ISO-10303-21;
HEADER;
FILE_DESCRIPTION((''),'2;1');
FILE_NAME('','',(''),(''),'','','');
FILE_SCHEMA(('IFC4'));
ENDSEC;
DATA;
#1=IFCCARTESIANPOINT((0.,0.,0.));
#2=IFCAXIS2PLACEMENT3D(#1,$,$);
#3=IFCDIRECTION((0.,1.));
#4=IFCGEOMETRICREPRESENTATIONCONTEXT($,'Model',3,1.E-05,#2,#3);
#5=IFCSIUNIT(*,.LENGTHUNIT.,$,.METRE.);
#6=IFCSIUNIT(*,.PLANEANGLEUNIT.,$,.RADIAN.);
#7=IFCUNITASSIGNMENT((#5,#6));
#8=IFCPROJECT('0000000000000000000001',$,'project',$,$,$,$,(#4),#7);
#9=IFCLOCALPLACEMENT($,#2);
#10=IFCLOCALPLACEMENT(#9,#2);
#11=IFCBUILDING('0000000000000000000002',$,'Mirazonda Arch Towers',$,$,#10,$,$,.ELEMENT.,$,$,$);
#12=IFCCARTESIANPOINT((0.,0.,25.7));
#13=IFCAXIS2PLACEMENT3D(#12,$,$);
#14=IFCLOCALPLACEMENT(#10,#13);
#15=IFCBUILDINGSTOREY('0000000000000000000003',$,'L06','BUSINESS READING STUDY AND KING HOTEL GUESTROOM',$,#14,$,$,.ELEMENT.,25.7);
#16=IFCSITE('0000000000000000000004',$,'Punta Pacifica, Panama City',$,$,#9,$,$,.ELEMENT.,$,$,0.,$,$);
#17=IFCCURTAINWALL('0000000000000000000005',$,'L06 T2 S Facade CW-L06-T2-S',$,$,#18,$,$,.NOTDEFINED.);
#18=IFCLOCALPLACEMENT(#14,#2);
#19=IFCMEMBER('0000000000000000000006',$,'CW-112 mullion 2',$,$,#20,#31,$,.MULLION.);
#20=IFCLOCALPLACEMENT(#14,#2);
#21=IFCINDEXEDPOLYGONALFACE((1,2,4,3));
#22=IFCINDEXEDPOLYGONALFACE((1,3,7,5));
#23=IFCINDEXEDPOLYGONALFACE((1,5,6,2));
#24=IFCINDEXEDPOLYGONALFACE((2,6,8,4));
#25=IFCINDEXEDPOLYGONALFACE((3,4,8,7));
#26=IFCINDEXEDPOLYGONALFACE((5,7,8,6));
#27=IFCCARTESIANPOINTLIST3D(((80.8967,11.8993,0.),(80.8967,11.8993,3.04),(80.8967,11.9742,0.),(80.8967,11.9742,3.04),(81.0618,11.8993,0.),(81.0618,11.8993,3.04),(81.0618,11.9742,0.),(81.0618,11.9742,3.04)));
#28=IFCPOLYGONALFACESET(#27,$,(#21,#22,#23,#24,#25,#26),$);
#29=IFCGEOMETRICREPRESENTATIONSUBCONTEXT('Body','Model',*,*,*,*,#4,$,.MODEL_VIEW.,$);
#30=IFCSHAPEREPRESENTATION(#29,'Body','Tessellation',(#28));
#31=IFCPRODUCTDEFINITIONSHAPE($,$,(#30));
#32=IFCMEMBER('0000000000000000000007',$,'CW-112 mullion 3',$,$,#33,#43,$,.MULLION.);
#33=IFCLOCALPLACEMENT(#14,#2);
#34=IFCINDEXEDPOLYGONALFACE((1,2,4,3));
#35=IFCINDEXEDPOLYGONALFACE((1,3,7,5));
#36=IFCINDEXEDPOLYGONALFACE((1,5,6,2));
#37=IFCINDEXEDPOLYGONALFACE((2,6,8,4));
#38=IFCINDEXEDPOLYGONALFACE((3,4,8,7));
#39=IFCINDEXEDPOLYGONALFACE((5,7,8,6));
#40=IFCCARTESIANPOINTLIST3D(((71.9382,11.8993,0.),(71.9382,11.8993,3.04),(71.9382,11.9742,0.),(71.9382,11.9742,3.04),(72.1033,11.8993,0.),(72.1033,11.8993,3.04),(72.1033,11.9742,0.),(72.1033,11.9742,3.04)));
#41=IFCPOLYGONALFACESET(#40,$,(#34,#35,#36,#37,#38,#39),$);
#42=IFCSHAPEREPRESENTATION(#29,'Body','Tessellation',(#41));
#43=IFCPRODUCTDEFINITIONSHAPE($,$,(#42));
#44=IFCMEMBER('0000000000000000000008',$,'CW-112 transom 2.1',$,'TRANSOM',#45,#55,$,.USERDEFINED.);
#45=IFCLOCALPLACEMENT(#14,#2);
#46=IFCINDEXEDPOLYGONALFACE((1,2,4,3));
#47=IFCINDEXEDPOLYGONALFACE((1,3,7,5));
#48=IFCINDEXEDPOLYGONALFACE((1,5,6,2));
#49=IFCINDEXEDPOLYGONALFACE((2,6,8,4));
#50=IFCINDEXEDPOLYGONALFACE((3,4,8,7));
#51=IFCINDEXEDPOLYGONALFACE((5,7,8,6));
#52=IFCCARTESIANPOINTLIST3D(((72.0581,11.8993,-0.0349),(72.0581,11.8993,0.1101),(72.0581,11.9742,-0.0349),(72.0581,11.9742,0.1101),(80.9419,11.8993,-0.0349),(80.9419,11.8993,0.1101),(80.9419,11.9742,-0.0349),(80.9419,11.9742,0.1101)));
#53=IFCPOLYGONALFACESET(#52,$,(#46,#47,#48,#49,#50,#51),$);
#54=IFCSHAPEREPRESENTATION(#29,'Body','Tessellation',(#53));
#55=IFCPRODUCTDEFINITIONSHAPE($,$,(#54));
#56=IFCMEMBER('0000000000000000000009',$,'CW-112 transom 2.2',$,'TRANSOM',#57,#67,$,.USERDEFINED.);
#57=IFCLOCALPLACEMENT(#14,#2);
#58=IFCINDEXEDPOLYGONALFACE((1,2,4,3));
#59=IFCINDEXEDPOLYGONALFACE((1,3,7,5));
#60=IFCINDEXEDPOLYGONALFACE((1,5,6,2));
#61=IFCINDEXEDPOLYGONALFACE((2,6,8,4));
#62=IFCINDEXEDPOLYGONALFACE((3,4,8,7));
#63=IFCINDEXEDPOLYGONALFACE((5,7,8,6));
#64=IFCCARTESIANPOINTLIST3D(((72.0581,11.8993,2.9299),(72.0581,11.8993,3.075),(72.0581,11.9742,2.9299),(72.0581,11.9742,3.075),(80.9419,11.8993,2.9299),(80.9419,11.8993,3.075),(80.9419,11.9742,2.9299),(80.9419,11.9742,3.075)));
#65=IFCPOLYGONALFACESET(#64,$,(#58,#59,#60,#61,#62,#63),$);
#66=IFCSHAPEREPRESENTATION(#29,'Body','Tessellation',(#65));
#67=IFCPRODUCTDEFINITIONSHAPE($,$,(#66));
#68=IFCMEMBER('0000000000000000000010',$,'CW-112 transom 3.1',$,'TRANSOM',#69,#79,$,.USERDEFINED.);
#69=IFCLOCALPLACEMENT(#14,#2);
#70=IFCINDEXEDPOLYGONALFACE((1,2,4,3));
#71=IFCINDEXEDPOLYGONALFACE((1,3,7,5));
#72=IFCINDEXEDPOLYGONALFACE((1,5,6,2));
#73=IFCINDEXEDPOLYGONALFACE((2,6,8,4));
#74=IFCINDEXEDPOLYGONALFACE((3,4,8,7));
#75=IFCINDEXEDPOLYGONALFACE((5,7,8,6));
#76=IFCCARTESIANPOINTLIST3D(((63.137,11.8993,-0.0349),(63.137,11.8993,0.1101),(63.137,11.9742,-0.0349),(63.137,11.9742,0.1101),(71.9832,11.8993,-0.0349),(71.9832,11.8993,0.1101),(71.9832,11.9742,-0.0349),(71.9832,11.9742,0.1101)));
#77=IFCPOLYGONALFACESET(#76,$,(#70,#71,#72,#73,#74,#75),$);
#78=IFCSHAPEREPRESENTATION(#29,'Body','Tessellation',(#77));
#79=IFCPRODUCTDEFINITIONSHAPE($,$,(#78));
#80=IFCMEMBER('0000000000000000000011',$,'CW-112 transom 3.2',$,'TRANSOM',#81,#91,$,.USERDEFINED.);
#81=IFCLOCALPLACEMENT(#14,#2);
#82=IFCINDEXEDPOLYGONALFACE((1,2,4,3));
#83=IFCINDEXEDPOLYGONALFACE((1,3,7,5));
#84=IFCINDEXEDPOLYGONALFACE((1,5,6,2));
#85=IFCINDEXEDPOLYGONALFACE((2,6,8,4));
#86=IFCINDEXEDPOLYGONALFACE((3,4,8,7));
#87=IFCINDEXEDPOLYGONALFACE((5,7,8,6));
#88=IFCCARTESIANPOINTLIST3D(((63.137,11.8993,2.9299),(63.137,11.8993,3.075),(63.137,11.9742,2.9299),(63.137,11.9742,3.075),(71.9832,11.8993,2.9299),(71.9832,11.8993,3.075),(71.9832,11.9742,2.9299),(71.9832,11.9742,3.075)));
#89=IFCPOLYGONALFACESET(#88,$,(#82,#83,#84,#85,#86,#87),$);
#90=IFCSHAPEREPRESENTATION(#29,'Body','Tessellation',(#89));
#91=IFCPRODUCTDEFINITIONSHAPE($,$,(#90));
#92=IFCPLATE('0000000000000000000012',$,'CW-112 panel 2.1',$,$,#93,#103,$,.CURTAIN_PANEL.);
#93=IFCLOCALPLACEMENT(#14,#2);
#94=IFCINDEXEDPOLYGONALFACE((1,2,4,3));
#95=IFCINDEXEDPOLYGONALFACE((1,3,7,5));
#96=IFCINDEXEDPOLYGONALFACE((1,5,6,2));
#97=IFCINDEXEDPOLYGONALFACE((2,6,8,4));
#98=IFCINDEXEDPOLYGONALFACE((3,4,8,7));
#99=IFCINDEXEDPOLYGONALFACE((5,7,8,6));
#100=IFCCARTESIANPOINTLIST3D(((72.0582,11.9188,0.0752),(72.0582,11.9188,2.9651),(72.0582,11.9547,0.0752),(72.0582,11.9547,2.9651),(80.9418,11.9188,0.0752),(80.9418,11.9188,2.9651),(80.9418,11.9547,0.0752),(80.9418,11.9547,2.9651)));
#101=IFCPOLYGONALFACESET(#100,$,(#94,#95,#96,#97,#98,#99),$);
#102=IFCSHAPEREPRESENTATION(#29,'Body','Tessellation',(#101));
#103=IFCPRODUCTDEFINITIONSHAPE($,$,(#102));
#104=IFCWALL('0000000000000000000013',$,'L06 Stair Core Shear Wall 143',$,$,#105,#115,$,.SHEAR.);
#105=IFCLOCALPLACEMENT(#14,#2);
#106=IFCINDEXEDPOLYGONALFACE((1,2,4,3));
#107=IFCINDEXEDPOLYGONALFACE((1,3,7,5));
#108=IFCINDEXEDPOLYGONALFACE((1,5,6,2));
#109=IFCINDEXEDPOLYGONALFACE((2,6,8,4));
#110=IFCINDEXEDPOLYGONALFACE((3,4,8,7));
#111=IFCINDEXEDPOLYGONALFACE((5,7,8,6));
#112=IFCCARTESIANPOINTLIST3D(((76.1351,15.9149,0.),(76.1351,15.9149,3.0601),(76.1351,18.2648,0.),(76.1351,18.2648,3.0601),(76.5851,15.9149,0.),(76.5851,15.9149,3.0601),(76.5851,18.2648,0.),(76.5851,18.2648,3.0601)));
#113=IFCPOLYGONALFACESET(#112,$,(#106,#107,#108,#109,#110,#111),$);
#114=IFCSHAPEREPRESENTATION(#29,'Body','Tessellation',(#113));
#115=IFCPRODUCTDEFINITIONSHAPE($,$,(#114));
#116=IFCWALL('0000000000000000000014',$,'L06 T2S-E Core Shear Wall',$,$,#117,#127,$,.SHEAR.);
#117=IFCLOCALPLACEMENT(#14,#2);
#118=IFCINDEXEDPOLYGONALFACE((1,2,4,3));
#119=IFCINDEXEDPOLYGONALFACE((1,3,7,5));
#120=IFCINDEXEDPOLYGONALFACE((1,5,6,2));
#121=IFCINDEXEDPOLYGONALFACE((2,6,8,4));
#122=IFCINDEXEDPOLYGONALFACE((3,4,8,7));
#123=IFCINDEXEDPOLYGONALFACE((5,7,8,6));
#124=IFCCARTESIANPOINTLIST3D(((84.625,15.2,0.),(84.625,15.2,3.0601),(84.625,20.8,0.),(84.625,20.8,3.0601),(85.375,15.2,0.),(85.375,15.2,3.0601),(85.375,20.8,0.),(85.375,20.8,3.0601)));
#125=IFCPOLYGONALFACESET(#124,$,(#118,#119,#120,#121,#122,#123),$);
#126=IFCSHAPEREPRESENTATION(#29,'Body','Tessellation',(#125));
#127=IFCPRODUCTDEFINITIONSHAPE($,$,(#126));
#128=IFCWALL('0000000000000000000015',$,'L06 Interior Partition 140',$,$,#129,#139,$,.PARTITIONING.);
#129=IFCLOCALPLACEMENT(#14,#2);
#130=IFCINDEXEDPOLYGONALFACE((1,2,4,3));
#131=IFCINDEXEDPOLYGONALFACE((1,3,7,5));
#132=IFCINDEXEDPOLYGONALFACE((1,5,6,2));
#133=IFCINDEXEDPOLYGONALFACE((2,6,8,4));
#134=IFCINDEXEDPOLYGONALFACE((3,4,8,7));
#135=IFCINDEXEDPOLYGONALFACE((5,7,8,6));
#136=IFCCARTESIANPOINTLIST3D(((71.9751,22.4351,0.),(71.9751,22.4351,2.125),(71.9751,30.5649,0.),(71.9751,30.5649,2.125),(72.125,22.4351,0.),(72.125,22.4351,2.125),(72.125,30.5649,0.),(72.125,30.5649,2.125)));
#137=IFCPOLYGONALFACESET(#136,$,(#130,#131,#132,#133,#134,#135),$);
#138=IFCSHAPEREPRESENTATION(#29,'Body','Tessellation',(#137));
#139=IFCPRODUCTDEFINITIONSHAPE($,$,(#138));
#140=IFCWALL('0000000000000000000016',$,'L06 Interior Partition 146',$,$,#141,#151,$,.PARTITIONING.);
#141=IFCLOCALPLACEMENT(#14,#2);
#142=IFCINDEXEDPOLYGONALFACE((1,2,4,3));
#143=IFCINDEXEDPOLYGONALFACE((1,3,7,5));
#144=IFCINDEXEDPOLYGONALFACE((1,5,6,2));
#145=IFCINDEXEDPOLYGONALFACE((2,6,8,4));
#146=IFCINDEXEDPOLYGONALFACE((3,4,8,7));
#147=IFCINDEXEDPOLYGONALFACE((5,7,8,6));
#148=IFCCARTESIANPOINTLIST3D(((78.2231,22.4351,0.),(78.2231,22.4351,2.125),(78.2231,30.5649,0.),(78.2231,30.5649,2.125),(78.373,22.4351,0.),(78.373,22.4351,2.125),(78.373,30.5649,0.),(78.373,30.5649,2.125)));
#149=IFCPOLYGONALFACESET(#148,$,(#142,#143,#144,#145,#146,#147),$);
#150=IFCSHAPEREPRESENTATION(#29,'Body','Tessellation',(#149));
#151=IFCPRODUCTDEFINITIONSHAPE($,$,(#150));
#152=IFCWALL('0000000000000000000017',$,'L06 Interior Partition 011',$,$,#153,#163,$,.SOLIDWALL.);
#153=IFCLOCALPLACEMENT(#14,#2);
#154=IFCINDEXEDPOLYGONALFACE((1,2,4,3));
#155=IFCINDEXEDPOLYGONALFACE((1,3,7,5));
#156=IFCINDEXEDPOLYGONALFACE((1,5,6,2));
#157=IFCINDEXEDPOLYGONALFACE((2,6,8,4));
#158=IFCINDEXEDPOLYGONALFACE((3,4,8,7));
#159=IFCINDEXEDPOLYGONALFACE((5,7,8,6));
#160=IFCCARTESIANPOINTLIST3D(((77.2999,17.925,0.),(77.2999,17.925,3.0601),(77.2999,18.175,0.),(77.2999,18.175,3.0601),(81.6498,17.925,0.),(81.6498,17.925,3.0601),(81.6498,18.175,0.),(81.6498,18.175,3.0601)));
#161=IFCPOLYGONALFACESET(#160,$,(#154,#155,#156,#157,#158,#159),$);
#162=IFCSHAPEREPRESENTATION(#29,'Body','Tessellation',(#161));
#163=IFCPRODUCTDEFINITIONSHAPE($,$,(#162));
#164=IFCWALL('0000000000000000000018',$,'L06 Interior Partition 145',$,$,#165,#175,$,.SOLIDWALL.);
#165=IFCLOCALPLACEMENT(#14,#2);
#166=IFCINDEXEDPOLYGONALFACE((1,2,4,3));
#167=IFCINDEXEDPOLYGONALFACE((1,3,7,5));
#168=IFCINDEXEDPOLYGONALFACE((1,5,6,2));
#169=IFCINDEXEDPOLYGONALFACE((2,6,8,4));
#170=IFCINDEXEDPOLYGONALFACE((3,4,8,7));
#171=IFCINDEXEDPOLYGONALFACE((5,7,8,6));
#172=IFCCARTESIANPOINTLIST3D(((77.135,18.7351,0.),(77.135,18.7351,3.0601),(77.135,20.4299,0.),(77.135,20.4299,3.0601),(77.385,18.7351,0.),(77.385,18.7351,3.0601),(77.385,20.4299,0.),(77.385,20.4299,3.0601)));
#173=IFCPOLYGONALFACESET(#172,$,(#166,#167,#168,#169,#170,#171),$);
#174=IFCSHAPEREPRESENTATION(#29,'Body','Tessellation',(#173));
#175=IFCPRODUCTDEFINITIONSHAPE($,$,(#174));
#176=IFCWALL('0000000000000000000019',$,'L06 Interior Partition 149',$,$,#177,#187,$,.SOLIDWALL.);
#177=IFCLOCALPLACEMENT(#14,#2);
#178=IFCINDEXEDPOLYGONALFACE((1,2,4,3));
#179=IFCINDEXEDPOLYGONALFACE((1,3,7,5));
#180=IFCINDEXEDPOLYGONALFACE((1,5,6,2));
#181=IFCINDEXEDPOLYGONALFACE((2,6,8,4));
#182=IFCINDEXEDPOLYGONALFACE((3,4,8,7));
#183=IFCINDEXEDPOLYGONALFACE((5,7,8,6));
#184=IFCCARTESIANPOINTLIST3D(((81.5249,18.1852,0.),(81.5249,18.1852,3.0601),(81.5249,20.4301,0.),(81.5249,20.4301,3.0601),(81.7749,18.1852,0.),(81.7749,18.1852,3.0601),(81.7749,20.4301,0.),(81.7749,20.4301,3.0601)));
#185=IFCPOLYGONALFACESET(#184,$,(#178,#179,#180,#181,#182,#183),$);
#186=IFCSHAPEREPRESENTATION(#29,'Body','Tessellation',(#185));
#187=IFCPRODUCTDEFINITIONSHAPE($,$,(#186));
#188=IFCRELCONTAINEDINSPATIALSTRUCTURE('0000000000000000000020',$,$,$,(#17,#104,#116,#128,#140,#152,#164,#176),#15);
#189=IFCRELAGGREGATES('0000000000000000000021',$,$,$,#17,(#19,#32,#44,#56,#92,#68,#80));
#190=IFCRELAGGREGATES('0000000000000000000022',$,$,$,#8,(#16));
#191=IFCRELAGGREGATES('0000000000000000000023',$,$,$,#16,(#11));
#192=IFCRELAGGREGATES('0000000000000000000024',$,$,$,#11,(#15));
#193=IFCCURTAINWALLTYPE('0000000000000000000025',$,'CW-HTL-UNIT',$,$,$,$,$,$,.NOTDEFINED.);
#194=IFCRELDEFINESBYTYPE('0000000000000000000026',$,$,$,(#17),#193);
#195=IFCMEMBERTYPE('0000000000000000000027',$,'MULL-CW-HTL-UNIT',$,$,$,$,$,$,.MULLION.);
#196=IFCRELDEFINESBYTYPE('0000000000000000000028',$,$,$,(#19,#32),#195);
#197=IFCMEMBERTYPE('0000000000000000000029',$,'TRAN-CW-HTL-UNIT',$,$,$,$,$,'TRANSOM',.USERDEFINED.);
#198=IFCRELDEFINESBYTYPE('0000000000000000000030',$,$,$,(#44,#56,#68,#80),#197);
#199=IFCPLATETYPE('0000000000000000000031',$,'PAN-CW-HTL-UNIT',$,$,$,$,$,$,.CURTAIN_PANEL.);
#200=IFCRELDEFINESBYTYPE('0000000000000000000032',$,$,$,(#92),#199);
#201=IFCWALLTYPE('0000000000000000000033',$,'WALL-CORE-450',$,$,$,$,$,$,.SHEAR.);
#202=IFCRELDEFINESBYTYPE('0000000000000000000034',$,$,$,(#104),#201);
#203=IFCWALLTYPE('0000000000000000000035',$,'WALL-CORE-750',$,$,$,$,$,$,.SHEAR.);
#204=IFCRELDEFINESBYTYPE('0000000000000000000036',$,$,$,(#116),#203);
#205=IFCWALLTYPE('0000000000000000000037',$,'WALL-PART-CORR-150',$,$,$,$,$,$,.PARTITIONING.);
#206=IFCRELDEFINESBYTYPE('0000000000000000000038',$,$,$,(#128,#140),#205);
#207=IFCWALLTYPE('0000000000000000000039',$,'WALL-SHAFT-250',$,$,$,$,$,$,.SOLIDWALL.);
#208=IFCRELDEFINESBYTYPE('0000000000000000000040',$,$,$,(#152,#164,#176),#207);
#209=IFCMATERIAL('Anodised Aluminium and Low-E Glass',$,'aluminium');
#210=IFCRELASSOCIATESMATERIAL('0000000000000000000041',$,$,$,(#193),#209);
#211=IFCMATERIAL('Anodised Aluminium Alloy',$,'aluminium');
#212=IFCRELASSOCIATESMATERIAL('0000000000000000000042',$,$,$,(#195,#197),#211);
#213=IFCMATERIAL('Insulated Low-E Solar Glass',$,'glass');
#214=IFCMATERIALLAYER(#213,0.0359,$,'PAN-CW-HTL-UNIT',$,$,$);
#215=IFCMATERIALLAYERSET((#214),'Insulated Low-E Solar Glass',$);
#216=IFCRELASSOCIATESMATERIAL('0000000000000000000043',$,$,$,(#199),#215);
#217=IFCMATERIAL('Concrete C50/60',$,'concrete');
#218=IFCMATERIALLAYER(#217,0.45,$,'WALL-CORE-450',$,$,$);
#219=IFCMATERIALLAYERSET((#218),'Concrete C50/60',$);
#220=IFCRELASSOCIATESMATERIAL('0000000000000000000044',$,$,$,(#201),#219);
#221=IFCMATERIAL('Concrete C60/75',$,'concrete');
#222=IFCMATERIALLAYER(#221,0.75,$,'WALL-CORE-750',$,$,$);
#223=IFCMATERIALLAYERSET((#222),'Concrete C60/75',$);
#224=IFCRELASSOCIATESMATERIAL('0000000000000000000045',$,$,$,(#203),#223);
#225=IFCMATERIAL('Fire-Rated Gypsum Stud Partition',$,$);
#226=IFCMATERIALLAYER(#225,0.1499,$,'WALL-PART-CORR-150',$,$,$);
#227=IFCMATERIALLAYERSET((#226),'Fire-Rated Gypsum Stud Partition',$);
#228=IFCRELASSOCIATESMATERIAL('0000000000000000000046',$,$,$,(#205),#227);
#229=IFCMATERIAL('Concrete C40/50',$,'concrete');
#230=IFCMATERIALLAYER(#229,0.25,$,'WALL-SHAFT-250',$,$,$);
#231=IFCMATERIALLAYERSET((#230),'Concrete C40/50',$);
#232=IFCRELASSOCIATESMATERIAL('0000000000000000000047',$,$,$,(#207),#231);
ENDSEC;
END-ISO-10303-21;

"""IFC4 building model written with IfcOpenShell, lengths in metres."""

from ifc_helpers import new_model, si_unit, direction, frame, frame_2d, origin, origin_2d, place, context, subcontext, project, spatial, rectangle, extrude, material, layer, layer_set, material_profile, profile_set, type_object, element, aggregate, save


model = new_model("IFC4")

# Units and contexts
model_context = context("Model", 3, precision=1e-05, world=origin(), true_north=direction((0.0, 1.0)))
body_context = subcontext(model_context, "Body", "Model", "MODEL_VIEW")
ifc_project = project(units=[si_unit("LENGTHUNIT", "METRE"), si_unit("PLANEANGLEUNIT", "RADIAN")], contexts=[model_context])

# Site, building, storey
site_placement = place(None, origin())
site = spatial("IfcSite", under=ifc_project, at=site_placement, Name="Punta Pacifica, Panama City", CompositionType="ELEMENT", RefElevation=0.0)
building_placement = place(site_placement, origin())
building = spatial("IfcBuilding", under=site, at=building_placement, Name="Mirazonda Arch Towers", CompositionType="ELEMENT")
storey_placement = place(building_placement, frame((0.0, 0.0, 25.7)))
storey = spatial("IfcBuildingStorey", under=building, at=storey_placement, Name="L06", Description="BUSINESS READING STUDY AND KING HOTEL GUESTROOM", CompositionType="ELEMENT", Elevation=25.7)

# Shared definitions
ifc_material_1 = material(Name="Concrete C60/75", Category="concrete")

# Curtain wall, members, plate
ifc_material_2 = material(Name="Anodised Aluminium and Low-E Glass", Category="aluminium")
curtain_wall_type = type_object("IfcCurtainWallType", Name="CW-HTL-UNIT", PredefinedType="NOTDEFINED", material=ifc_material_2)
curtain_wall_placement = place(storey_placement, origin())
curtain_wall = element("IfcCurtainWall", 1, at=curtain_wall_placement, inside=storey, type_object=curtain_wall_type, Name="L06 T2 S Facade CW-L06-T2-S", PredefinedType="NOTDEFINED")
ifc_material_3 = material(Name="Anodised Aluminium Alloy", Category="aluminium")
ifc_material_profile_1 = material_profile(ifc_material_3, rectangle(XDim=0.075, YDim=0.165, at=origin_2d()), Name="ALU-MULL-75x165")
ifc_profile_set_1 = profile_set([ifc_material_profile_1], Name="Anodised Aluminium Alloy")
member_type_1 = type_object("IfcMemberType", Name="MULL-CW-HTL-UNIT", PredefinedType="MULLION", material=ifc_profile_set_1)
member_1_placement = place(storey_placement, frame((80.9792, 11.9368, 0.0), z_axis=(0.0, 0.0, 1.0), x_axis=(0.0, -1.0, 0.0)))
member_1 = element("IfcMember", 2, at=member_1_placement, type_object=member_type_1, Name="CW-112 mullion 2", PredefinedType="MULLION", context=body_context, shape_type="SweptSolid", body=[
    extrude(rectangle(XDim=0.075, YDim=0.165, at=origin_2d()), origin(), (0.0, 0.0, 1.0), 3.04),
])
member_2_placement = place(storey_placement, frame((72.0208, 11.9368, 0.0), z_axis=(0.0, 0.0, 1.0), x_axis=(0.0, -1.0, 0.0)))
member_2 = element("IfcMember", 3, at=member_2_placement, type_object=member_type_1, Name="CW-112 mullion 3", PredefinedType="MULLION", context=body_context, shape_type="SweptSolid", body=[
    extrude(rectangle(XDim=0.075, YDim=0.165, at=origin_2d()), origin(), (0.0, 0.0, 1.0), 3.04),
])
ifc_material_profile_2 = material_profile(ifc_material_3, rectangle(XDim=0.075, YDim=0.145, at=origin_2d()), Name="ALU-TRAN-75x145")
ifc_profile_set_2 = profile_set([ifc_material_profile_2], Name="Anodised Aluminium Alloy")
member_type_2 = type_object("IfcMemberType", Name="TRAN-CW-HTL-UNIT", ElementType="TRANSOM", PredefinedType="USERDEFINED", material=ifc_profile_set_2)
member_3_placement = place(storey_placement, frame((80.9419, 11.9368, 0.0376), z_axis=(-1.0, 0.0, 0.0), x_axis=(0.0, -1.0, 0.0)))
member_3 = element("IfcMember", 4, at=member_3_placement, type_object=member_type_2, Name="CW-112 transom 2.1", ObjectType="TRANSOM", PredefinedType="USERDEFINED", context=body_context, shape_type="SweptSolid", body=[
    extrude(rectangle(XDim=0.075, YDim=0.145, at=origin_2d()), origin(), (0.0, 0.0, 1.0), 8.8838),
])
member_4_placement = place(storey_placement, frame((80.9419, 11.9368, 3.0024), z_axis=(-1.0, 0.0, 0.0), x_axis=(0.0, -1.0, 0.0)))
member_4 = element("IfcMember", 5, at=member_4_placement, type_object=member_type_2, Name="CW-112 transom 2.2", ObjectType="TRANSOM", PredefinedType="USERDEFINED", context=body_context, shape_type="SweptSolid", body=[
    extrude(rectangle(XDim=0.075, YDim=0.145, at=origin_2d()), origin(), (0.0, 0.0, 1.0), 8.8838),
])
member_5_placement = place(storey_placement, frame((71.9832, 11.9368, 0.0376), z_axis=(-1.0, 0.0, 0.0), x_axis=(0.0, -1.0, 0.0)))
member_5 = element("IfcMember", 6, at=member_5_placement, type_object=member_type_2, Name="CW-112 transom 3.1", ObjectType="TRANSOM", PredefinedType="USERDEFINED", context=body_context, shape_type="SweptSolid", body=[
    extrude(rectangle(XDim=0.075, YDim=0.145, at=origin_2d()), origin(), (0.0, 0.0, 1.0), 8.8462),
])
member_6_placement = place(storey_placement, frame((71.9832, 11.9368, 3.0024), z_axis=(-1.0, 0.0, 0.0), x_axis=(0.0, -1.0, 0.0)))
member_6 = element("IfcMember", 7, at=member_6_placement, type_object=member_type_2, Name="CW-112 transom 3.2", ObjectType="TRANSOM", PredefinedType="USERDEFINED", context=body_context, shape_type="SweptSolid", body=[
    extrude(rectangle(XDim=0.075, YDim=0.145, at=origin_2d()), origin(), (0.0, 0.0, 1.0), 8.8462),
])
ifc_material_4 = material(Name="Insulated Low-E Solar Glass", Category="glass")
ifc_layer_1 = layer(ifc_material_4, 0.0359, Name="PAN-CW-HTL-UNIT")
ifc_layer_set_1 = layer_set([ifc_layer_1], Name="Insulated Low-E Solar Glass")
plate_type = type_object("IfcPlateType", Name="PAN-CW-HTL-UNIT", PredefinedType="CURTAIN_PANEL", material=ifc_layer_set_1)
plate_placement = place(storey_placement, frame((76.5, 11.9368, 0.0752), z_axis=(0.0, 0.0, 1.0), x_axis=(-1.0, 0.0, 0.0)))
plate = element("IfcPlate", 8, at=plate_placement, type_object=plate_type, Name="CW-112 panel 2.1", PredefinedType="CURTAIN_PANEL", context=body_context, shape_type="SweptSolid", body=[
    extrude(rectangle(XDim=8.8835, YDim=0.0359, at=origin_2d()), origin(), (0.0, 0.0, 1.0), 2.8899),
])
aggregate(curtain_wall, [member_1, member_2, member_3, member_4, plate, member_5, member_6])

# Walls
ifc_material_5 = material(Name="Concrete C50/60", Category="concrete")
ifc_layer_2 = layer(ifc_material_5, 0.45, Name="WALL-CORE-450")
ifc_layer_set_2 = layer_set([ifc_layer_2], Name="Concrete C50/60")
wall_type_1 = type_object("IfcWallType", Name="WALL-CORE-450", PredefinedType="SHEAR", material=ifc_layer_set_2)
wall_1_placement = place(storey_placement, frame((76.3601, 15.915, 0.0), z_axis=(0.0, 0.0, 1.0), x_axis=(0.0, 1.0, 0.0)))
element("IfcWall", 9, at=wall_1_placement, inside=storey, type_object=wall_type_1, Name="L06 Stair Core Shear Wall 143", PredefinedType="SHEAR", context=body_context, shape_type="SweptSolid", body=[
    extrude(rectangle(XDim=2.3499, YDim=0.45, at=frame_2d((1.1748, 0.0))), origin(), (0.0, 0.0, 1.0), 3.0601),
])
ifc_layer_3 = layer(ifc_material_1, 0.75, Name="WALL-CORE-750")
ifc_layer_set_3 = layer_set([ifc_layer_3], Name="Concrete C60/75")
wall_type_2 = type_object("IfcWallType", Name="WALL-CORE-750", PredefinedType="SHEAR", material=ifc_layer_set_3)
wall_2_placement = place(storey_placement, frame((85.0, 15.2, 0.0), z_axis=(0.0, 0.0, 1.0), x_axis=(0.0, 1.0, 0.0)))
element("IfcWall", 10, at=wall_2_placement, inside=storey, type_object=wall_type_2, Name="L06 T2S-E Core Shear Wall", PredefinedType="SHEAR", context=body_context, shape_type="SweptSolid", body=[
    extrude(rectangle(XDim=5.6001, YDim=0.75, at=frame_2d((2.8, 0.0))), origin(), (0.0, 0.0, 1.0), 3.0601),
])
ifc_material_6 = material(Name="Fire-Rated Gypsum Stud Partition")
ifc_layer_4 = layer(ifc_material_6, 0.1499, Name="WALL-PART-CORR-150")
ifc_layer_set_4 = layer_set([ifc_layer_4], Name="Fire-Rated Gypsum Stud Partition")
wall_type_3 = type_object("IfcWallType", Name="WALL-PART-CORR-150", PredefinedType="PARTITIONING", material=ifc_layer_set_4)
for number, where, z_axis, x_axis, name in (
    (11, (72.05, 22.4351, 0.0), (0.0, 0.0, 1.0), (0.0, 1.0, 0.0), "L06 Interior Partition 140"),
    (12, (78.2981, 22.4351, 0.0), (0.0, 0.0, 1.0), (0.0, 1.0, 0.0), "L06 Interior Partition 146"),
):
    element("IfcWall", number, at=place(storey_placement, frame(where, z_axis=z_axis, x_axis=x_axis)), inside=storey, type_object=wall_type_3, Name=name, PredefinedType="PARTITIONING", context=body_context, shape_type="SweptSolid", body=[
        extrude(rectangle(XDim=8.1299, YDim=0.1499, at=frame_2d((4.0649, 0.0))), origin(), (0.0, 0.0, 1.0), 2.125),
    ])
ifc_material_7 = material(Name="Concrete C40/50", Category="concrete")
ifc_layer_5 = layer(ifc_material_7, 0.25, Name="WALL-SHAFT-250")
ifc_layer_set_5 = layer_set([ifc_layer_5], Name="Concrete C40/50")
wall_type_4 = type_object("IfcWallType", Name="WALL-SHAFT-250", PredefinedType="SOLIDWALL", material=ifc_layer_set_5)
wall_3_placement = place(storey_placement, frame((77.3, 18.05, 0.0), z_axis=(0.0, 0.0, 1.0), x_axis=(1.0, 0.0, 0.0)))
element("IfcWall", 13, at=wall_3_placement, inside=storey, type_object=wall_type_4, Name="L06 Interior Partition 011", PredefinedType="SOLIDWALL", context=body_context, shape_type="SweptSolid", body=[
    extrude(rectangle(XDim=4.3499, YDim=0.25, at=frame_2d((2.1748, 0.0))), origin(), (0.0, 0.0, 1.0), 3.0601),
])
wall_4_placement = place(storey_placement, frame((77.26, 18.7351, 0.0), z_axis=(0.0, 0.0, 1.0), x_axis=(0.0, 1.0, 0.0)))
element("IfcWall", 14, at=wall_4_placement, inside=storey, type_object=wall_type_4, Name="L06 Interior Partition 145", PredefinedType="SOLIDWALL", context=body_context, shape_type="SweptSolid", body=[
    extrude(rectangle(XDim=1.6948, YDim=0.25, at=frame_2d((0.8474, 0.0))), origin(), (0.0, 0.0, 1.0), 3.0601),
])
wall_5_placement = place(storey_placement, frame((81.6499, 18.1851, 0.0), z_axis=(0.0, 0.0, 1.0), x_axis=(0.0, 1.0, 0.0)))
element("IfcWall", 15, at=wall_5_placement, inside=storey, type_object=wall_type_4, Name="L06 Interior Partition 149", PredefinedType="SOLIDWALL", context=body_context, shape_type="SweptSolid", body=[
    extrude(rectangle(XDim=2.2449, YDim=0.25, at=frame_2d((1.1226, 0.0))), origin(), (0.0, 0.0, 1.0), 3.0601),
])

save(model, "model.ifc")
